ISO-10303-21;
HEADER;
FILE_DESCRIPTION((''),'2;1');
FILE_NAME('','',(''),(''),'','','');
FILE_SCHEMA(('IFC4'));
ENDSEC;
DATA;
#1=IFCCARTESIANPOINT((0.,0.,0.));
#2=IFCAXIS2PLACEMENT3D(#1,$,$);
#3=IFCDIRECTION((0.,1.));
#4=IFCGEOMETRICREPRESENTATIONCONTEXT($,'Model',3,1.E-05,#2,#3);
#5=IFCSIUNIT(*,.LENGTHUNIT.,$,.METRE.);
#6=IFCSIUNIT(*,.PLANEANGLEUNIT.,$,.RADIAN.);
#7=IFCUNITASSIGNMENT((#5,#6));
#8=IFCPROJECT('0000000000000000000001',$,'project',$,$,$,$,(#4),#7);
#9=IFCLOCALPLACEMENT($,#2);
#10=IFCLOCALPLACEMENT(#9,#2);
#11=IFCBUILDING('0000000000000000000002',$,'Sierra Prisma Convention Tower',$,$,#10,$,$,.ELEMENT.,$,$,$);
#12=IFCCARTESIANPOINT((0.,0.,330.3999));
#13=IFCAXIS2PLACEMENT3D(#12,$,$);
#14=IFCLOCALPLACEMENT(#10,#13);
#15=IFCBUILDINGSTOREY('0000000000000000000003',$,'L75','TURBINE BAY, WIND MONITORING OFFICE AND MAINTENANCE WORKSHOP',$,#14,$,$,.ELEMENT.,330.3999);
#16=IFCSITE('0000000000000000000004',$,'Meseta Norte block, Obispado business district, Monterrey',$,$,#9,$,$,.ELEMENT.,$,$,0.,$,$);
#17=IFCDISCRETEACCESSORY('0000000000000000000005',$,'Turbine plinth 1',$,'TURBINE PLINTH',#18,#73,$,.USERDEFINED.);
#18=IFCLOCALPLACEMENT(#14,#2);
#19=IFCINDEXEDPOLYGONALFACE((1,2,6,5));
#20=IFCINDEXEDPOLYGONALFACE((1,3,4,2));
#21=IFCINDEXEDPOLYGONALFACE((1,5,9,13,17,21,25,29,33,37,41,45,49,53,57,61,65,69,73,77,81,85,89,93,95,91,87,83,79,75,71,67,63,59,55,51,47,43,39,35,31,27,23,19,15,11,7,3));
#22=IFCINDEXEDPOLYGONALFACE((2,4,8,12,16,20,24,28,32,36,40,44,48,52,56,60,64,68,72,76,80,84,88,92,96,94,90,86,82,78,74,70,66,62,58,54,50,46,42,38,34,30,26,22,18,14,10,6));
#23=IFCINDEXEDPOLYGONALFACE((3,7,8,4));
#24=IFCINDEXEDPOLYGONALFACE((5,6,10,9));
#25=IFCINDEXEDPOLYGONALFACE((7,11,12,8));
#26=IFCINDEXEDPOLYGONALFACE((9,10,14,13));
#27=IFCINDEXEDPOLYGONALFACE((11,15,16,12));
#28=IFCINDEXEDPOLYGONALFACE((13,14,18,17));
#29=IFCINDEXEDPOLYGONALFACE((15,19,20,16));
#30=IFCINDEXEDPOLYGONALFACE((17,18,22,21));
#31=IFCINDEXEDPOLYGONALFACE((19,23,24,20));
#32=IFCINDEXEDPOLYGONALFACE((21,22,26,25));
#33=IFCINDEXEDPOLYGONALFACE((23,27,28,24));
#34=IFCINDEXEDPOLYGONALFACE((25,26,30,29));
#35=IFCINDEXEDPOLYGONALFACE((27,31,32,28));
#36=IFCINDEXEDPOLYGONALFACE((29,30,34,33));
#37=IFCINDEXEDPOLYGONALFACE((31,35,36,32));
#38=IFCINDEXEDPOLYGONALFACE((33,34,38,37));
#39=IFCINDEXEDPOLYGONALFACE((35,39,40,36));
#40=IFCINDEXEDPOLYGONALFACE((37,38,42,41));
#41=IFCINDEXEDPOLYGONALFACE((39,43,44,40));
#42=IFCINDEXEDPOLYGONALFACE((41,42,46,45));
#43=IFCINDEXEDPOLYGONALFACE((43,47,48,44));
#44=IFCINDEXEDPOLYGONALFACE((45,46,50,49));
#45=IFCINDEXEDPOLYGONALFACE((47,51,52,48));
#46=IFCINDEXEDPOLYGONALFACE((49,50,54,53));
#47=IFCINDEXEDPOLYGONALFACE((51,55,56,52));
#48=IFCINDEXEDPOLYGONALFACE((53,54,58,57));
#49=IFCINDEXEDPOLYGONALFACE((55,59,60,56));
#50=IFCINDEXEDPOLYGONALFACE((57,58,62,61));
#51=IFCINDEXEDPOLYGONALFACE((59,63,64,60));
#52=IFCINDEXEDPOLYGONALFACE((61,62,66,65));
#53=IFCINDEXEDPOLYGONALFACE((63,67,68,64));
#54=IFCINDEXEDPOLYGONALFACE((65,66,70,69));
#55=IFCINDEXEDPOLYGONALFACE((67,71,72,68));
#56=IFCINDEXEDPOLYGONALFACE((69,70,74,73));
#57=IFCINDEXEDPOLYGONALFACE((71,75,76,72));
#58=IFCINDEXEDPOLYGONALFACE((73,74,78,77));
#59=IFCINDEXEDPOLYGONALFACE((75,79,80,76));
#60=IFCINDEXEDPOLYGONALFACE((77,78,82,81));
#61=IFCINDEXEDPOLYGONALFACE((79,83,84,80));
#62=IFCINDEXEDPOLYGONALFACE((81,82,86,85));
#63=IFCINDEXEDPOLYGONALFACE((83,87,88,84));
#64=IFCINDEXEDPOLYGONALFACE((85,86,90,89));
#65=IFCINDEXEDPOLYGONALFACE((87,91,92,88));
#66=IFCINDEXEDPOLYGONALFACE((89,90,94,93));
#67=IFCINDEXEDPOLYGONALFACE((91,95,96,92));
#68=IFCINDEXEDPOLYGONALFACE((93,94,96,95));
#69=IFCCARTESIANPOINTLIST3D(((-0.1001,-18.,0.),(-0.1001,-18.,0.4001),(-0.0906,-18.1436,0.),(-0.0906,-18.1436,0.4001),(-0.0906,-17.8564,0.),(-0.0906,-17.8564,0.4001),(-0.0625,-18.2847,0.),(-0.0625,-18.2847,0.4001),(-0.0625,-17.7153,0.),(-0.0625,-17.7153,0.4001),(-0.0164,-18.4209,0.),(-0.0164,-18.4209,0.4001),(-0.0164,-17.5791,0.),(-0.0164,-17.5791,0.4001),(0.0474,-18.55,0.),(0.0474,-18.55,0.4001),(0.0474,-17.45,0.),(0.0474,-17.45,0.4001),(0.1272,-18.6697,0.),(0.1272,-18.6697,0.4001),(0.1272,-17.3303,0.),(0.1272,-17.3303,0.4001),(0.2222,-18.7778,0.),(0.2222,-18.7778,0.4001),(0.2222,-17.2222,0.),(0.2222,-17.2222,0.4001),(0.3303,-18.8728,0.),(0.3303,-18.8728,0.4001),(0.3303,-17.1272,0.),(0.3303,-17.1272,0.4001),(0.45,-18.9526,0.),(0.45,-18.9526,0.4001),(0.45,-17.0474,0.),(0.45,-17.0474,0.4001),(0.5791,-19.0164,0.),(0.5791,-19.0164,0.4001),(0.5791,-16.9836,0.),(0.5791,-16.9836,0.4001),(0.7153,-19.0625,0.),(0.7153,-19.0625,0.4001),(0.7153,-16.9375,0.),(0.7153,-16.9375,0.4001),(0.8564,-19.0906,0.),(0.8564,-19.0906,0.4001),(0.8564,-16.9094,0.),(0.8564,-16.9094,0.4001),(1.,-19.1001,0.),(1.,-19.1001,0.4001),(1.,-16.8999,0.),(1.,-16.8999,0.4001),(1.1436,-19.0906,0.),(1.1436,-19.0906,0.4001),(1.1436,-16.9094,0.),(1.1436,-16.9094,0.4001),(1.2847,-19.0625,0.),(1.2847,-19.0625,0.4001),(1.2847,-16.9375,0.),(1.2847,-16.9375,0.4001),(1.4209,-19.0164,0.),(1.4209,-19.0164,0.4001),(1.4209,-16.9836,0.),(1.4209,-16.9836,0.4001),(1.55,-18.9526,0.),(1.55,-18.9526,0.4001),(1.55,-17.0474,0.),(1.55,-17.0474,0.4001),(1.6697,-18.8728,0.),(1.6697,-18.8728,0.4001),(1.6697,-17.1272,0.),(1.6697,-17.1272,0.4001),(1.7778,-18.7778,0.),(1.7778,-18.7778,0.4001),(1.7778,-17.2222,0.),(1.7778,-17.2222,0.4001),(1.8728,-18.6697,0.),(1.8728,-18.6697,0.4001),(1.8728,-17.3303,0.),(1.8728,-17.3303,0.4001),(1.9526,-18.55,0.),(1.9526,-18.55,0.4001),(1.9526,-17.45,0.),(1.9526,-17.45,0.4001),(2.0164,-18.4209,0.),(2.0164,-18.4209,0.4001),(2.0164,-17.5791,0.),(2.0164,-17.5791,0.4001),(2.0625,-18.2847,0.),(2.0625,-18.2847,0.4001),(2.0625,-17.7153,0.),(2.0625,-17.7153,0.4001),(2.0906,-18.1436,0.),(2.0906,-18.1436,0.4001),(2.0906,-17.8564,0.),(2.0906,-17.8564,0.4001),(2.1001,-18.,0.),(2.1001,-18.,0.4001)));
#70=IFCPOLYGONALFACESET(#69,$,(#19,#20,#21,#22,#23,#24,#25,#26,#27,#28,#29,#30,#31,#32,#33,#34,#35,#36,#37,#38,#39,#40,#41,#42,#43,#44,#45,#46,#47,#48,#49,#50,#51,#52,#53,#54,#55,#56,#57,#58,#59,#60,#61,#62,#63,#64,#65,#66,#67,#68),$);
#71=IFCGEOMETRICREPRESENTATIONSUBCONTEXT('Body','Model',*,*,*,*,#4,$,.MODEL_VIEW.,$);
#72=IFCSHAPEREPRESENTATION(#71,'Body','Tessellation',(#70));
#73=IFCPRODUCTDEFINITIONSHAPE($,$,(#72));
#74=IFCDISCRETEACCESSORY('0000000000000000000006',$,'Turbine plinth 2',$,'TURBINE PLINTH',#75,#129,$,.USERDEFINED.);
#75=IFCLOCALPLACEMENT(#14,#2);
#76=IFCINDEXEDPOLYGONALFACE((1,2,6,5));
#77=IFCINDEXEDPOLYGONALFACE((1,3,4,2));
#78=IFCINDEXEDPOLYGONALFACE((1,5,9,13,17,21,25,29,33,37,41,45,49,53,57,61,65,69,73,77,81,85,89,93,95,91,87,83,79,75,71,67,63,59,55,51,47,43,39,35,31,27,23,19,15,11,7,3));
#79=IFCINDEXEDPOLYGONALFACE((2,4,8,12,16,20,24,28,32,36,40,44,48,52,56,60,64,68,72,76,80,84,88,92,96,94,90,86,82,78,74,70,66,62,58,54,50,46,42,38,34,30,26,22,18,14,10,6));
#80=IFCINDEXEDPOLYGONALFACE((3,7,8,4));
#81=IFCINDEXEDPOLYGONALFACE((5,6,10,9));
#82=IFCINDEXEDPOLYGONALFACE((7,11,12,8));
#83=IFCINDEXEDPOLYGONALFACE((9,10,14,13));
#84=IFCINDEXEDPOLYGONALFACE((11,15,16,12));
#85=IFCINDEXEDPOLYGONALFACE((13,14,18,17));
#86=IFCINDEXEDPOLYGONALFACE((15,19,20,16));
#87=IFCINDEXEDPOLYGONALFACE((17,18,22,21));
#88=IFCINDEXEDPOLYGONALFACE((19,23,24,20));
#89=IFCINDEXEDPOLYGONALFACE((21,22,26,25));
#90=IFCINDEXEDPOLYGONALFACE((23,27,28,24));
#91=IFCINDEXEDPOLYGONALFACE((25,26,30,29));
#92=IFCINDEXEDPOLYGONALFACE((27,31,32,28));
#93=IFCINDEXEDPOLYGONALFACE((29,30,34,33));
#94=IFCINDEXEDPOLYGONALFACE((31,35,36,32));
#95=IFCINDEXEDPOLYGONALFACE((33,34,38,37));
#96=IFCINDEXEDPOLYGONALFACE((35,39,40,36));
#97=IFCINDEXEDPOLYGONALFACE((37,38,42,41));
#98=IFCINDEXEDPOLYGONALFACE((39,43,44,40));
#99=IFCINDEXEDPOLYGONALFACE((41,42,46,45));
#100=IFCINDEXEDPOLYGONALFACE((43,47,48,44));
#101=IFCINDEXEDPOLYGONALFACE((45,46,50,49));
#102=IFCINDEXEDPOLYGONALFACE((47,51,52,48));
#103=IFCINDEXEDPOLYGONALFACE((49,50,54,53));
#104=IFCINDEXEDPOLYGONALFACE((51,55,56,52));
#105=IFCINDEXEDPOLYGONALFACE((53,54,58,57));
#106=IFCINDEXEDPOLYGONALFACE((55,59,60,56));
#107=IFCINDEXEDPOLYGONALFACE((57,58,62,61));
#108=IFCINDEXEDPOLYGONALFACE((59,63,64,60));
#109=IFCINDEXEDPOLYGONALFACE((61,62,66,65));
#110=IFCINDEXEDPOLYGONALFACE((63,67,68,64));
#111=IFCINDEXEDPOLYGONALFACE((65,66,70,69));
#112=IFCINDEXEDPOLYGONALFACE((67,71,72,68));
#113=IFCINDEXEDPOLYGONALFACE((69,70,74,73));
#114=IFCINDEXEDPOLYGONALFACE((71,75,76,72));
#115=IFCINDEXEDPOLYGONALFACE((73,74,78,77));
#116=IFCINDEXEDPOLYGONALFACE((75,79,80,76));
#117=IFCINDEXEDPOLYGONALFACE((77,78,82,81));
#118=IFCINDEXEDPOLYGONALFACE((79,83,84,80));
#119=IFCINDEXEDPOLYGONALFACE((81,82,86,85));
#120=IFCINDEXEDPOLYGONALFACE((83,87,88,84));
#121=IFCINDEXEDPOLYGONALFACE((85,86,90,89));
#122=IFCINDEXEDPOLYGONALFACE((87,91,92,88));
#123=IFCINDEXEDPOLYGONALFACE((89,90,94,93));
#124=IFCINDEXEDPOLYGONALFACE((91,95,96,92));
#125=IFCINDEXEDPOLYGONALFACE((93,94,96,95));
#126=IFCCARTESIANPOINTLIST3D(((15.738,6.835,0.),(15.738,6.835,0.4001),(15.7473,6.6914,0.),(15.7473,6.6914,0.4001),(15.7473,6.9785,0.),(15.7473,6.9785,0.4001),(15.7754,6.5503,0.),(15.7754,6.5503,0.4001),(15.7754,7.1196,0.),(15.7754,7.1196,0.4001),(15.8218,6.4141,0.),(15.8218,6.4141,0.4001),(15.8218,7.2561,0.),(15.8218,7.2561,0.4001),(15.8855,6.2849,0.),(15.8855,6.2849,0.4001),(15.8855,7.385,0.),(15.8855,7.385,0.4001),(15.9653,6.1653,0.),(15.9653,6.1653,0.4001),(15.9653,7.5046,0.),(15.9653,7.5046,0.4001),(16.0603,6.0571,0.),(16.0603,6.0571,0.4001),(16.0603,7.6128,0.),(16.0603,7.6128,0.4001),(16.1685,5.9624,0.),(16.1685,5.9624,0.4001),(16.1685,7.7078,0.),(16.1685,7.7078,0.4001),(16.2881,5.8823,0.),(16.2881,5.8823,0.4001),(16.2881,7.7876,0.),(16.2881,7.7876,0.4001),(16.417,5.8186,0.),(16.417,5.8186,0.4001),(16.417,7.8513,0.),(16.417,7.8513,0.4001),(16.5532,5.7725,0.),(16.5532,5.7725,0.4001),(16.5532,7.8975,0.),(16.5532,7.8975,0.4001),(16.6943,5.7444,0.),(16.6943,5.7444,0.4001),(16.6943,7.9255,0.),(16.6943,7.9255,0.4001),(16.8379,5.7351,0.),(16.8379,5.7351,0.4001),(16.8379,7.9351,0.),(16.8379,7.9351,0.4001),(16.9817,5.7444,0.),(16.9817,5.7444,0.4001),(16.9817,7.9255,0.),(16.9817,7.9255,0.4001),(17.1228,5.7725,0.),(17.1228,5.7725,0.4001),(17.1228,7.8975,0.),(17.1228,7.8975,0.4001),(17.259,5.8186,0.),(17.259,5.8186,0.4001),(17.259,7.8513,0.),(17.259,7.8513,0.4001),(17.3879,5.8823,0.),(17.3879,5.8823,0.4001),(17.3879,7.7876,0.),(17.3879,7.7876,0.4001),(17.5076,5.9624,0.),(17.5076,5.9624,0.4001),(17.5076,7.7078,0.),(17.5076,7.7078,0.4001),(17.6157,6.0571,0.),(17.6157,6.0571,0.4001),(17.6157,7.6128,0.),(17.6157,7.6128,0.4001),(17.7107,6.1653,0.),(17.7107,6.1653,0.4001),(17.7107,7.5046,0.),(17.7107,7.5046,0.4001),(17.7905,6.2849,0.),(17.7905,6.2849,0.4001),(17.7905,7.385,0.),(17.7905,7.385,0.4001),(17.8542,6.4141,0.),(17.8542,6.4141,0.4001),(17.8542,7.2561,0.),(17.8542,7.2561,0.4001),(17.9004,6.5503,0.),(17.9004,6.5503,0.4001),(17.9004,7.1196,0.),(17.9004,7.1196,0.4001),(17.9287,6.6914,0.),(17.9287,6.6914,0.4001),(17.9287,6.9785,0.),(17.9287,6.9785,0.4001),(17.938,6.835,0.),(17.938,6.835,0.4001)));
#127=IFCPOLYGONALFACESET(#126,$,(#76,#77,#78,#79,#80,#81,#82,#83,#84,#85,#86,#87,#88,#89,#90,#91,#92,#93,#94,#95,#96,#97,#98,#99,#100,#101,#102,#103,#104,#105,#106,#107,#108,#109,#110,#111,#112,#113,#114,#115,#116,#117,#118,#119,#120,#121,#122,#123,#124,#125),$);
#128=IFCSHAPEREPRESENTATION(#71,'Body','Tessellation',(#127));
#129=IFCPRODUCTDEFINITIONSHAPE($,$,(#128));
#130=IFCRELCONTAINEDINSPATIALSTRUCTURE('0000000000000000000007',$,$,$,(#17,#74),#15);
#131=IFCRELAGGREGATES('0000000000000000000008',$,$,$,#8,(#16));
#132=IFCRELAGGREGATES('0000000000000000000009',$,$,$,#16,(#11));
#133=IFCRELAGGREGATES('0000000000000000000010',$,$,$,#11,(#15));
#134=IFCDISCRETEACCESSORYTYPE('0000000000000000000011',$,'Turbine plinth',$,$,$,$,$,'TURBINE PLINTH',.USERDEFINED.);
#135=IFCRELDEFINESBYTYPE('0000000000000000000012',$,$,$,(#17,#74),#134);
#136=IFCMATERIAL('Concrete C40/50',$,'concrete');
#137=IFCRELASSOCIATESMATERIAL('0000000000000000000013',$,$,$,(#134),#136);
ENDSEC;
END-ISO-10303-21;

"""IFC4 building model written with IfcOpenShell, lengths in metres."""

from ifc_helpers import new_model, si_unit, direction, frame, origin, place, context, subcontext, project, spatial, polyline, outline, extrude, material, type_object, element, save


model = new_model("IFC4")

# Units and contexts
model_context = context("Model", 3, precision=1e-05, world=origin(), true_north=direction((0.0, 1.0)))
body_context = subcontext(model_context, "Body", "Model", "MODEL_VIEW")
ifc_project = project(units=[si_unit("LENGTHUNIT", "METRE"), si_unit("PLANEANGLEUNIT", "RADIAN")], contexts=[model_context])

# Site, building, storey
site_placement = place(None, origin())
site = spatial("IfcSite", under=ifc_project, at=site_placement, Name="Meseta Norte block, Obispado business district, Monterrey", CompositionType="ELEMENT", RefElevation=0.0)
building_placement = place(site_placement, origin())
building = spatial("IfcBuilding", under=site, at=building_placement, Name="Sierra Prisma Convention Tower", CompositionType="ELEMENT")
storey_placement = place(building_placement, frame((0.0, 0.0, 330.3999)))
storey = spatial("IfcBuildingStorey", under=building, at=storey_placement, Name="L75", Description="TURBINE BAY, WIND MONITORING OFFICE AND MAINTENANCE WORKSHOP", CompositionType="ELEMENT", Elevation=330.3999)

# Discrete accessories
ifc_material_1 = material(Name="Concrete C40/50", Category="concrete")
discrete_accessory_type_1 = type_object("IfcDiscreteAccessoryType", Name="Turbine plinth", ElementType="TURBINE PLINTH", PredefinedType="USERDEFINED", material=ifc_material_1)
discrete_accessory_1_placement = place(storey_placement, origin())
element("IfcDiscreteAccessory", 1, at=discrete_accessory_1_placement, inside=storey, type_object=discrete_accessory_type_1, Name="Turbine plinth 1", ObjectType="TURBINE PLINTH", PredefinedType="USERDEFINED", context=body_context, shape_type="SweptSolid", body=[
    extrude(outline(polyline([(2.1001, -18.0), (2.0906, -17.8564), (2.0625, -17.7153), (2.0164, -17.5791), (1.9526, -17.45), (1.8728, -17.3303), (1.7778, -17.2222), (1.6697, -17.1272), (1.55, -17.0474), (1.4209, -16.9836), (1.2847, -16.9375), (1.1436, -16.9094), (1.0, -16.8999), (0.8564, -16.9094), (0.7153, -16.9375), (0.5791, -16.9836), (0.45, -17.0474), (0.3303, -17.1272), (0.2222, -17.2222), (0.1272, -17.3303), (0.0474, -17.45), (-0.0164, -17.5791), (-0.0625, -17.7153), (-0.0906, -17.8564), (-0.1001, -18.0), (-0.0906, -18.1436), (-0.0625, -18.2847), (-0.0164, -18.4209), (0.0474, -18.55), (0.1272, -18.6697), (0.2222, -18.7778), (0.3303, -18.8728), (0.45, -18.9526), (0.5791, -19.0164), (0.7153, -19.0625), (0.8564, -19.0906), (1.0, -19.1001), (1.1436, -19.0906), (1.2847, -19.0625), (1.4209, -19.0164), (1.55, -18.9526), (1.6697, -18.8728), (1.7778, -18.7778), (1.8728, -18.6697), (1.9526, -18.55), (2.0164, -18.4209), (2.0625, -18.2847), (2.0906, -18.1436), (2.1001, -18.0)])), origin(), (0.0, 0.0, 1.0), 0.4001),
])
discrete_accessory_2_placement = place(storey_placement, origin())
element("IfcDiscreteAccessory", 2, at=discrete_accessory_2_placement, inside=storey, type_object=discrete_accessory_type_1, Name="Turbine plinth 2", ObjectType="TURBINE PLINTH", PredefinedType="USERDEFINED", context=body_context, shape_type="SweptSolid", body=[
    extrude(outline(polyline([(17.938, 6.835), (17.9287, 6.9785), (17.9004, 7.1196), (17.8542, 7.2561), (17.7905, 7.385), (17.7107, 7.5046), (17.6157, 7.6128), (17.5076, 7.7078), (17.3879, 7.7876), (17.259, 7.8513), (17.1228, 7.8975), (16.9817, 7.9255), (16.8379, 7.9351), (16.6943, 7.9255), (16.5532, 7.8975), (16.417, 7.8513), (16.2881, 7.7876), (16.1685, 7.7078), (16.0603, 7.6128), (15.9653, 7.5046), (15.8855, 7.385), (15.8218, 7.2561), (15.7754, 7.1196), (15.7473, 6.9785), (15.738, 6.835), (15.7473, 6.6914), (15.7754, 6.5503), (15.8218, 6.4141), (15.8855, 6.2849), (15.9653, 6.1653), (16.0603, 6.0571), (16.1685, 5.9624), (16.2881, 5.8823), (16.417, 5.8186), (16.5532, 5.7725), (16.6943, 5.7444), (16.8379, 5.7351), (16.9817, 5.7444), (17.1228, 5.7725), (17.259, 5.8186), (17.3879, 5.8823), (17.5076, 5.9624), (17.6157, 6.0571), (17.7107, 6.1653), (17.7905, 6.2849), (17.8542, 6.4141), (17.9004, 6.5503), (17.9287, 6.6914), (17.938, 6.835)])), origin(), (0.0, 0.0, 1.0), 0.4001),
])

save(model, "model.ifc")
